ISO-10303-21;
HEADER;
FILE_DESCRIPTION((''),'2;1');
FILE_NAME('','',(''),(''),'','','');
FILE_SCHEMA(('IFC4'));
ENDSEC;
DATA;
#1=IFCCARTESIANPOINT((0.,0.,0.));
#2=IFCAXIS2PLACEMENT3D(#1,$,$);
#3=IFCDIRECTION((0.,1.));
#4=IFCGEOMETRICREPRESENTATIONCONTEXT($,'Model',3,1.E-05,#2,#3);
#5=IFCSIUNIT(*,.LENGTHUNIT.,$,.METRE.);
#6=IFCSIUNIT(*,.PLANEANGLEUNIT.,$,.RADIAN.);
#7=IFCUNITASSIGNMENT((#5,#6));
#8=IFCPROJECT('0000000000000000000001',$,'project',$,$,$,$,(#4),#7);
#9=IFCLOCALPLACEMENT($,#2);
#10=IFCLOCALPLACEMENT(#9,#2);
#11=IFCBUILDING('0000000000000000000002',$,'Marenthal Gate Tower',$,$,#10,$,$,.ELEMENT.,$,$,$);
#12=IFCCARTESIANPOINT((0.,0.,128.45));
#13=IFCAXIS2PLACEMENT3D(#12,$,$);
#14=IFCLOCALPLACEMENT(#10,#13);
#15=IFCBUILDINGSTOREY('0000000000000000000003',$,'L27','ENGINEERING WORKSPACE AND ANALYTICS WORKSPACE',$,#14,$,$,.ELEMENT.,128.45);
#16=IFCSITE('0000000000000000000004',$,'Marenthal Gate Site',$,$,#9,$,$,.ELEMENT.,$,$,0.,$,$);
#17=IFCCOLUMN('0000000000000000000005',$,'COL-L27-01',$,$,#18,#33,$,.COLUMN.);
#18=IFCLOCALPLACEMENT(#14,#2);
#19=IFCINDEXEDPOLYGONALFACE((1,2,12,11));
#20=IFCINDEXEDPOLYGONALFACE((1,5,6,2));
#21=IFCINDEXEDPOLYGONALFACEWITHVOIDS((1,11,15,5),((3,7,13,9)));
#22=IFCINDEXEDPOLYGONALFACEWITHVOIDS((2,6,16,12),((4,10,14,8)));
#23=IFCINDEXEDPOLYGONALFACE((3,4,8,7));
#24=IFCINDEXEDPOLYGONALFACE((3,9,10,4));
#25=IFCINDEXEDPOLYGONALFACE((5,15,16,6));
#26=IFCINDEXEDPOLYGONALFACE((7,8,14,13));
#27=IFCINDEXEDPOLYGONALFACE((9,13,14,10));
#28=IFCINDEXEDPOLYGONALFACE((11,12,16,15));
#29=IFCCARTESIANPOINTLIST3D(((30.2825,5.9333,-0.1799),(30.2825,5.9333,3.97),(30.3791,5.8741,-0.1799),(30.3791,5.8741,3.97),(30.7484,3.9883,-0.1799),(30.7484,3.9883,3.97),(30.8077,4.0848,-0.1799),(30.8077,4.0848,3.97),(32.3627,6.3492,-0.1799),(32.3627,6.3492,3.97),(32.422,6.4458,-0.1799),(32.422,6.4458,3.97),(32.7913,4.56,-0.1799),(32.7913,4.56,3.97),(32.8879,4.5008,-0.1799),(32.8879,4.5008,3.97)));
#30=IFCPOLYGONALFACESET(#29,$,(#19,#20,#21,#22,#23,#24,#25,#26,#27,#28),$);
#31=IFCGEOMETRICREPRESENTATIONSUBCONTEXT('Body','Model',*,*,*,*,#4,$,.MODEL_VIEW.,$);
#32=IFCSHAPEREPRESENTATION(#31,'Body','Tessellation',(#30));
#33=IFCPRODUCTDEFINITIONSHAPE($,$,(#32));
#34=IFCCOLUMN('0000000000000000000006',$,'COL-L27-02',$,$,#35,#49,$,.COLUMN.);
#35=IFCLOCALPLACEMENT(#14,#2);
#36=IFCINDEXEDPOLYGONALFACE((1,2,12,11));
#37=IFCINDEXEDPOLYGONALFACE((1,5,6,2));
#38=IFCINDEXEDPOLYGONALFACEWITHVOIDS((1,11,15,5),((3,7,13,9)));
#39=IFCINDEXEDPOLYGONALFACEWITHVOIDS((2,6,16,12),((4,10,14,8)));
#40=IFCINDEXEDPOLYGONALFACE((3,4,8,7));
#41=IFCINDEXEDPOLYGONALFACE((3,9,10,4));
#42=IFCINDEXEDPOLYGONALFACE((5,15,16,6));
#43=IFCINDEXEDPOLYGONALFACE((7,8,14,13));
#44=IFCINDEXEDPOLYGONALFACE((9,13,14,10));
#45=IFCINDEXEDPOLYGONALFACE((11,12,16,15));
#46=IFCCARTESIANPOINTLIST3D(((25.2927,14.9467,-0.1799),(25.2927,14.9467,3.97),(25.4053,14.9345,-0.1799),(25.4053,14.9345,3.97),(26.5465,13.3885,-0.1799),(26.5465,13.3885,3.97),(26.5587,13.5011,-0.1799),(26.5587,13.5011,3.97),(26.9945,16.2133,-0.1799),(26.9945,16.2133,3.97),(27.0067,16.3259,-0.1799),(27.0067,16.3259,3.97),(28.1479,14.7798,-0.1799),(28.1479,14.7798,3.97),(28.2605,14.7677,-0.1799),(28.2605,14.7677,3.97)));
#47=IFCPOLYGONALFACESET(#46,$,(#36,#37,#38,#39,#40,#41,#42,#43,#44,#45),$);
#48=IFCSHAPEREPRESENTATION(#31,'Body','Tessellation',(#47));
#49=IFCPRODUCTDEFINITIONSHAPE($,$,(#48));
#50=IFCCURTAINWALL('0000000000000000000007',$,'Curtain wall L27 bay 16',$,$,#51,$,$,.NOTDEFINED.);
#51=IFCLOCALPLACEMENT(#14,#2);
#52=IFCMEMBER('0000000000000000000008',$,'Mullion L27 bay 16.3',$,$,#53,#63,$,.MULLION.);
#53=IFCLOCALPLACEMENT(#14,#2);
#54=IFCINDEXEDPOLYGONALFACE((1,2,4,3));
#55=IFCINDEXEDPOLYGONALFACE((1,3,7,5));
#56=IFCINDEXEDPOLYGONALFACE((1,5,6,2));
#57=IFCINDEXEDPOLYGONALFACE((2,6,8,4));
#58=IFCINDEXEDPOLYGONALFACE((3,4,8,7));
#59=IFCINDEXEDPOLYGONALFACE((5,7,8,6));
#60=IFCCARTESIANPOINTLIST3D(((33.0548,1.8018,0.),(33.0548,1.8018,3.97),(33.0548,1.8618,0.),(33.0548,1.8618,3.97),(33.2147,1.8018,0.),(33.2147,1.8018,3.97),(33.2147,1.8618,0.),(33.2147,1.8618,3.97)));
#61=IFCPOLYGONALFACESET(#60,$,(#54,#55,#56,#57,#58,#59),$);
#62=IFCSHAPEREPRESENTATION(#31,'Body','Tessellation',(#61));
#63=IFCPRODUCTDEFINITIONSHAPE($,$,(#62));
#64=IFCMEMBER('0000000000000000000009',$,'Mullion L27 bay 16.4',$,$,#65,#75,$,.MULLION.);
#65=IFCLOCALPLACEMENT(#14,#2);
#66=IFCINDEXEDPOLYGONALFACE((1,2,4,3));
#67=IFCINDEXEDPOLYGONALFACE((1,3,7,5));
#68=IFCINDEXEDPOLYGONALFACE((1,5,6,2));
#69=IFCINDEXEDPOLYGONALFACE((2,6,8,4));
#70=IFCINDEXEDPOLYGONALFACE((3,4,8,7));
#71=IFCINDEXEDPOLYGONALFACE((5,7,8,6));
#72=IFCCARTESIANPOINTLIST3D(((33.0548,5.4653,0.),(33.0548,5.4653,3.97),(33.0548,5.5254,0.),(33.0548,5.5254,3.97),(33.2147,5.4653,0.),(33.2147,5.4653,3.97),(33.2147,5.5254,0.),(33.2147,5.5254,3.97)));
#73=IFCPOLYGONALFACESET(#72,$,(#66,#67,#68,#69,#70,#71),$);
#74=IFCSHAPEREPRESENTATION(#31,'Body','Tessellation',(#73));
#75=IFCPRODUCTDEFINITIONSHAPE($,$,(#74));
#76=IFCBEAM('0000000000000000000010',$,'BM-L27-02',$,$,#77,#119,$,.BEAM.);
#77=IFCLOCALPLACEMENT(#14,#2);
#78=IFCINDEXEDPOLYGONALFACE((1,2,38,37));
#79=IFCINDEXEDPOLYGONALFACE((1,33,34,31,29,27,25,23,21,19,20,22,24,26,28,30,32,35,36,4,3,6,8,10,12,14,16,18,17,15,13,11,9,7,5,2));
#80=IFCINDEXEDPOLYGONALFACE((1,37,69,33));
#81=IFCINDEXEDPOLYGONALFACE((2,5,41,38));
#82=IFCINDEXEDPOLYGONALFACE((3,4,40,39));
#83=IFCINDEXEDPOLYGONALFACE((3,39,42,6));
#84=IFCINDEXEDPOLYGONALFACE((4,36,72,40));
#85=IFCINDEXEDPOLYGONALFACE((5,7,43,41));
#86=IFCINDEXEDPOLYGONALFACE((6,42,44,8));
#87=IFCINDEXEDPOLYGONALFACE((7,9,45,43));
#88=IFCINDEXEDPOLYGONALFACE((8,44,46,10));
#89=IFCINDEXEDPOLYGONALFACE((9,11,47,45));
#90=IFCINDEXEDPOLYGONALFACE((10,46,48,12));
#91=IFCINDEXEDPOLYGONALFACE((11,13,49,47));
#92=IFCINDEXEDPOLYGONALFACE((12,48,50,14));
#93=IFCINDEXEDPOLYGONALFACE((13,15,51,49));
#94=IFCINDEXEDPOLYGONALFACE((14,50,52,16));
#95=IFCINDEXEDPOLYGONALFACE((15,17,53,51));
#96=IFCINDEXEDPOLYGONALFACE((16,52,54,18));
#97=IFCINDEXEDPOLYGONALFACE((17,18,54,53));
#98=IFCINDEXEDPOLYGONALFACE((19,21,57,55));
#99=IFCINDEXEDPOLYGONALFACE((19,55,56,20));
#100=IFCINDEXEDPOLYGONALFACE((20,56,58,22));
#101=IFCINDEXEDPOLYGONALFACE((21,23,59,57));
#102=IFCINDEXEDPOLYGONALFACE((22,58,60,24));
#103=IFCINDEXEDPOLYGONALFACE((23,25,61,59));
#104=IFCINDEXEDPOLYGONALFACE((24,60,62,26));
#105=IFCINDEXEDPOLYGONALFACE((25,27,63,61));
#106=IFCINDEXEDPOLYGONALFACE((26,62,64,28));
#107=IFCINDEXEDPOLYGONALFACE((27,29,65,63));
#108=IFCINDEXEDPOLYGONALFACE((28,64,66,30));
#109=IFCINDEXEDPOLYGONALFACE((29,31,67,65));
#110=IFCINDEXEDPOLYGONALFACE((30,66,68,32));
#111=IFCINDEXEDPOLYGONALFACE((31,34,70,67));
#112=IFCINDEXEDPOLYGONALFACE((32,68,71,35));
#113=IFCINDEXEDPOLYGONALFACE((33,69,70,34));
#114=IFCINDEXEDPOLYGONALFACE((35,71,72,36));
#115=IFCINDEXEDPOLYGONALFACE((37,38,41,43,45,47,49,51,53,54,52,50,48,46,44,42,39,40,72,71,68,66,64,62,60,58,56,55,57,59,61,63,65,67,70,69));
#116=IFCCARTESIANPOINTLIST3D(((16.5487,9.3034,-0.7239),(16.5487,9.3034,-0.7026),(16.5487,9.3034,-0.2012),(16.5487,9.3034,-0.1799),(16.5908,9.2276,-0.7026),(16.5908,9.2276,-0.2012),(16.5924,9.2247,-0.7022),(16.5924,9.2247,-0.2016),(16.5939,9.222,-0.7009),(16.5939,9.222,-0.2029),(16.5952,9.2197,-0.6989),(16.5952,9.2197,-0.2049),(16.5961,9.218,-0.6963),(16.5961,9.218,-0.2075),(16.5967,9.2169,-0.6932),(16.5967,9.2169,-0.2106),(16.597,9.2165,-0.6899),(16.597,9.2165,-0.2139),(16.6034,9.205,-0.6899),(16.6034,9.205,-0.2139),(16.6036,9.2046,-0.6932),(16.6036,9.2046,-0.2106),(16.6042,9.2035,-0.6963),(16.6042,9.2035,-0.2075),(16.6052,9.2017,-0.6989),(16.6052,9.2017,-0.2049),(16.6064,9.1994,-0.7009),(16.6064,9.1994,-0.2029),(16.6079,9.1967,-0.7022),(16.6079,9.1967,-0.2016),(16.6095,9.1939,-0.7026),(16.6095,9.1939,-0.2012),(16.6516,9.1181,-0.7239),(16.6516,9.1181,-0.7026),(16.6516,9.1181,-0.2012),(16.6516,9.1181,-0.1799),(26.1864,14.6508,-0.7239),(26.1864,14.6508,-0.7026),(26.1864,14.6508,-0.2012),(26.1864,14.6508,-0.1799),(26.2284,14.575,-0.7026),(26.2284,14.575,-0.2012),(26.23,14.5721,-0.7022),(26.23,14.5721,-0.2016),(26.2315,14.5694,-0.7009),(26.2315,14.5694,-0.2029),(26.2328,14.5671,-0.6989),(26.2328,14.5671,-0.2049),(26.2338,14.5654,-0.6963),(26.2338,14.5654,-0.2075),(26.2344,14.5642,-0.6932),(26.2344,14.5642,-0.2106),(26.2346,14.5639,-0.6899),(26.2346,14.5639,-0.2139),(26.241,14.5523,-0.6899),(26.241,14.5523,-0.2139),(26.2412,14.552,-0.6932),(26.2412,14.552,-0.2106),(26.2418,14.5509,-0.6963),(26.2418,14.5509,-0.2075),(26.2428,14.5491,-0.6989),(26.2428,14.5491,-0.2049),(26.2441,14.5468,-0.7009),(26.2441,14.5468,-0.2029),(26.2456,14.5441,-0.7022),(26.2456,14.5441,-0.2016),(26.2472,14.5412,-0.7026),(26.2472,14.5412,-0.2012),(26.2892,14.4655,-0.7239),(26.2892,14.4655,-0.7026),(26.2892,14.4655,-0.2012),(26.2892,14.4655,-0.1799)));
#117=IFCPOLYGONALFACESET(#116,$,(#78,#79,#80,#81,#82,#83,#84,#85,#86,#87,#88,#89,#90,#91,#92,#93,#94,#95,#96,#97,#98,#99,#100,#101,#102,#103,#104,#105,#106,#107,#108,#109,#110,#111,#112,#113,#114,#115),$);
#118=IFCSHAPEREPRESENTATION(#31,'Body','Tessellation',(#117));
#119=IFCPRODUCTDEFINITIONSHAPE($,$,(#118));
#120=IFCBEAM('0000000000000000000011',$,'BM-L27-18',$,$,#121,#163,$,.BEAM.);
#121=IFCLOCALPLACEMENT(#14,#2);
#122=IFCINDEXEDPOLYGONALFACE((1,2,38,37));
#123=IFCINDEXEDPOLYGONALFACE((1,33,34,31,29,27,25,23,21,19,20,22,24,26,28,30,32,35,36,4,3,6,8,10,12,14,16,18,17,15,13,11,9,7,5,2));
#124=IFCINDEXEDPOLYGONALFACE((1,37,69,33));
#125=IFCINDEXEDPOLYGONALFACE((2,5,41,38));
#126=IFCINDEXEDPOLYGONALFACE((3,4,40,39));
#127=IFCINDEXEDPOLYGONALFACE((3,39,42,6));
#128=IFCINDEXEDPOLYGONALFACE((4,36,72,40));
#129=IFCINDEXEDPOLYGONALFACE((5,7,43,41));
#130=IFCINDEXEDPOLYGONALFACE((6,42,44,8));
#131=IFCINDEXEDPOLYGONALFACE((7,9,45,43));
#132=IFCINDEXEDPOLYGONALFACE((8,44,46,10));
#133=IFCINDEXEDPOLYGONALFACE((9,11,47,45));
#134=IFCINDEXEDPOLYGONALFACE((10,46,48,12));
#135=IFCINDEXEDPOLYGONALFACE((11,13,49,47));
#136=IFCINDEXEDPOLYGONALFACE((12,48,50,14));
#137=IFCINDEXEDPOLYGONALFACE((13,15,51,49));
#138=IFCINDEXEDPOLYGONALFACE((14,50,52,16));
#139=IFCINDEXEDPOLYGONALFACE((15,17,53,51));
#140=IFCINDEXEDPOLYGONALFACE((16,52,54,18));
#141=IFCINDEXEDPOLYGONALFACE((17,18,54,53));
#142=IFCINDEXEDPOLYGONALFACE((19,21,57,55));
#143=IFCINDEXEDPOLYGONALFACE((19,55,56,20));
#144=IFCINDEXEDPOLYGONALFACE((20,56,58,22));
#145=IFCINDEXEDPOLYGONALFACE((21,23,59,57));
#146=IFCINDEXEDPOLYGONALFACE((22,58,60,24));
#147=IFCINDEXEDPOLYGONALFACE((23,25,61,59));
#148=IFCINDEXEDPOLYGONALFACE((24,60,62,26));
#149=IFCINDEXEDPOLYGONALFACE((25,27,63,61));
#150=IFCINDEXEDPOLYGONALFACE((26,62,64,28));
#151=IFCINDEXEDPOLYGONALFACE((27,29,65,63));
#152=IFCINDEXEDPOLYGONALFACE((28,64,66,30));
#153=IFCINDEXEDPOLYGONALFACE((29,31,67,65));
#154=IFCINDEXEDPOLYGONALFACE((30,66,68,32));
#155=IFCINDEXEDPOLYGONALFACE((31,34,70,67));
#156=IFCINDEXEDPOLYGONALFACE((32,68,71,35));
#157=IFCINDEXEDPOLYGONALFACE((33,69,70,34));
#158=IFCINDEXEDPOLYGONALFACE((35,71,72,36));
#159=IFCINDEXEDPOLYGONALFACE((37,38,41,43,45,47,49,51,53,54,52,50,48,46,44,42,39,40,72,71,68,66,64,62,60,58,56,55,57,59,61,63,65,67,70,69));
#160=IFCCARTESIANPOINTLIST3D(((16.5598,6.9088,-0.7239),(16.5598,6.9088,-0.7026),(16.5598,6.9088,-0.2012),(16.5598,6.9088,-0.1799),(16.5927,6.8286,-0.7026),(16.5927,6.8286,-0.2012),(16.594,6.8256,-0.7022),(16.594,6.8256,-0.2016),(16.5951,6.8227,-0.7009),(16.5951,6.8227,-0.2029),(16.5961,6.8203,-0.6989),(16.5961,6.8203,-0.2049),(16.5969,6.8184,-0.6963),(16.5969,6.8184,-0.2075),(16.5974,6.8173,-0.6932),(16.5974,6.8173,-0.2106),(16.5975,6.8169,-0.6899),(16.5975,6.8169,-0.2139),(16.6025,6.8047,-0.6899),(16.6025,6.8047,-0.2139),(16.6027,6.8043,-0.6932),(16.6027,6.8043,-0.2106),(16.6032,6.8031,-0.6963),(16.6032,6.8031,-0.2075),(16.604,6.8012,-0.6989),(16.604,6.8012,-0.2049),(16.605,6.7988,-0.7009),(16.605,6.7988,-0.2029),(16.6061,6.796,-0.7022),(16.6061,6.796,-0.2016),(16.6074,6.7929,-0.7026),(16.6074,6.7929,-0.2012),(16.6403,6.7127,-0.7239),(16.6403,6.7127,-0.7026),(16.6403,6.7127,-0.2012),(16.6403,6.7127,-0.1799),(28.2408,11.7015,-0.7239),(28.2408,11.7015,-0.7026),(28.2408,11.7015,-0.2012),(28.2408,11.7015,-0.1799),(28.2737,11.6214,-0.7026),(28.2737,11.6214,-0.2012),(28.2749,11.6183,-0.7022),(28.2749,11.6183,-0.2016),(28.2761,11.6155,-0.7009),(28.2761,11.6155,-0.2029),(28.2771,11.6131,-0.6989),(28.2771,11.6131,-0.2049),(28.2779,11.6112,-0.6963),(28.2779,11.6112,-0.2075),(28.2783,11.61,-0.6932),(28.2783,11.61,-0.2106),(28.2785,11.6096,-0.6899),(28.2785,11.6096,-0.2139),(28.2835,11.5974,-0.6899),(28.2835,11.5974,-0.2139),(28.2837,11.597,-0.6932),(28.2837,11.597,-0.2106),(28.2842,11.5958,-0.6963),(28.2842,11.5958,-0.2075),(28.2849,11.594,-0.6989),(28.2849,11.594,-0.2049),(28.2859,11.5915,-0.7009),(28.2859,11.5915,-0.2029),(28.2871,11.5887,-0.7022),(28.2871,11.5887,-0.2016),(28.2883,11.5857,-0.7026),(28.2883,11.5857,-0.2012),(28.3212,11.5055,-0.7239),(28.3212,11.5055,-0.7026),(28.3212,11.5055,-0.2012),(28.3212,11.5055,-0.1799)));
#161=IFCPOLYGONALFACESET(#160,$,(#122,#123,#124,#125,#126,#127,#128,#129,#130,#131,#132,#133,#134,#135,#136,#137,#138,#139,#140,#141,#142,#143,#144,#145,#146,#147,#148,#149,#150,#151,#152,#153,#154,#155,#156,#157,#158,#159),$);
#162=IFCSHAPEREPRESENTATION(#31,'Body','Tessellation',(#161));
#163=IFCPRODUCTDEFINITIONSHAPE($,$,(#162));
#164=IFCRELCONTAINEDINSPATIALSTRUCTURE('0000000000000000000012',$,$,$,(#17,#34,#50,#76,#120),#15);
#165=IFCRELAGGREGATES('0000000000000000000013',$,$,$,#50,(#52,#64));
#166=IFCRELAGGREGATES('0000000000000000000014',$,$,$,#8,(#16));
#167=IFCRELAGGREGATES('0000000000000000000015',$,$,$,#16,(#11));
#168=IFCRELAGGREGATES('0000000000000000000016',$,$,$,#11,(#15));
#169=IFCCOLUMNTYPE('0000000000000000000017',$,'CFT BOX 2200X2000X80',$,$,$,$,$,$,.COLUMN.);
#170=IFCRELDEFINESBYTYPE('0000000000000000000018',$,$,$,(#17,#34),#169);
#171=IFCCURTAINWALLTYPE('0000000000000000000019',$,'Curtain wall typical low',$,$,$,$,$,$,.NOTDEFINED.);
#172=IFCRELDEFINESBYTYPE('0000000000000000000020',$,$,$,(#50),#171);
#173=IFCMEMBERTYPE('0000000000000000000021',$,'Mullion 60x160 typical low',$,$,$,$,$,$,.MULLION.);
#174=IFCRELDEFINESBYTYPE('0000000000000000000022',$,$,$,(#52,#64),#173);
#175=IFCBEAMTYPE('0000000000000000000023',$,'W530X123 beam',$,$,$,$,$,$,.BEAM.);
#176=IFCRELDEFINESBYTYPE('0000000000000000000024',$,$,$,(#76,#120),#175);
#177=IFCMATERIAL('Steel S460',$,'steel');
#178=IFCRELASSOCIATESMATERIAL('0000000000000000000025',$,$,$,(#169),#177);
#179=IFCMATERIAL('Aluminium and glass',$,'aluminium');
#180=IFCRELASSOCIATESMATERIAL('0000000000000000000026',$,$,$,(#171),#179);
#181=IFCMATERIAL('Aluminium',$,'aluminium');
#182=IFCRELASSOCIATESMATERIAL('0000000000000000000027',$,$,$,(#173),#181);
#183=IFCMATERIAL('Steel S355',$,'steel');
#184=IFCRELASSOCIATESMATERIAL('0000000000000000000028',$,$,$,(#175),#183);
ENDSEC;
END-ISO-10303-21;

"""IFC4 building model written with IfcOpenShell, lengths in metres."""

from ifc_helpers import new_model, si_unit, direction, frame, origin, origin_2d, place, context, subcontext, project, spatial, rectangle, hollow_rectangle, i_section, extrude, material, material_profile, profile_set, type_object, element, aggregate, save


model = new_model("IFC4")

# Units and contexts
model_context = context("Model", 3, precision=1e-05, world=origin(), true_north=direction((0.0, 1.0)))
body_context = subcontext(model_context, "Body", "Model", "MODEL_VIEW")
ifc_project = project(units=[si_unit("LENGTHUNIT", "METRE"), si_unit("PLANEANGLEUNIT", "RADIAN")], contexts=[model_context])

# Site, building, storey
site_placement = place(None, origin())
site = spatial("IfcSite", under=ifc_project, at=site_placement, Name="Marenthal Gate Site", CompositionType="ELEMENT", RefElevation=0.0)
building_placement = place(site_placement, origin())
building = spatial("IfcBuilding", under=site, at=building_placement, Name="Marenthal Gate Tower", CompositionType="ELEMENT")
storey_placement = place(building_placement, frame((0.0, 0.0, 128.45)))
storey = spatial("IfcBuildingStorey", under=building, at=storey_placement, Name="L27", Description="ENGINEERING WORKSPACE AND ANALYTICS WORKSPACE", CompositionType="ELEMENT", Elevation=128.45)

# Columns
ifc_material_1 = material(Name="Steel S460", Category="steel")
ifc_material_profile_1 = material_profile(ifc_material_1, hollow_rectangle(XDim=2.0, YDim=2.2, WallThickness=0.0801, at=origin_2d()), Name="CFT BOX 2200X2000X80")
ifc_material_2 = material(Name="Concrete 70 MPa", Category="concrete")
ifc_material_profile_2 = material_profile(ifc_material_2, rectangle(XDim=1.8401, YDim=2.04, at=origin_2d()), Name="CFT BOX 2200X2000X80 INFILL")
ifc_profile_set_1 = profile_set([ifc_material_profile_1, ifc_material_profile_2], Name="Steel S460 shell, Concrete 70 MPa infill")
column_type = type_object("IfcColumnType", Name="CFT BOX 2200X2000X80", PredefinedType="COLUMN", material=ifc_profile_set_1)
for number, where, z_axis, x_axis, name in (
    (1, (31.5852, 5.217, -0.1799), (0.0, 0.0, 1.0), (0.23295, -0.972489, 0.0), "COL-L27-01"),
    (2, (26.7766, 14.8572, -0.1799), (0.0, 0.0, 1.0), (0.626903, -0.779097, 0.0), "COL-L27-02"),
):
    element("IfcColumn", number, at=place(storey_placement, frame(where, z_axis=z_axis, x_axis=x_axis)), inside=storey, type_object=column_type, Name=name, PredefinedType="COLUMN", context=body_context, shape_type="SweptSolid", body=[
        extrude(hollow_rectangle(XDim=2.0, YDim=2.2, WallThickness=0.0801, at=origin_2d()), origin(), (0.0, 0.0, 1.0), 4.1499),
    ])

# Curtain wall, members
ifc_material_3 = material(Name="Aluminium and glass", Category="aluminium")
curtain_wall_type = type_object("IfcCurtainWallType", Name="Curtain wall typical low", PredefinedType="NOTDEFINED", material=ifc_material_3)
curtain_wall_placement = place(storey_placement, origin())
curtain_wall = element("IfcCurtainWall", 3, at=curtain_wall_placement, inside=storey, type_object=curtain_wall_type, Name="Curtain wall L27 bay 16", PredefinedType="NOTDEFINED")
ifc_material_4 = material(Name="Aluminium", Category="aluminium")
ifc_material_profile_3 = material_profile(ifc_material_4, rectangle(XDim=0.1599, YDim=0.0601, at=origin_2d()), Name="60x160 aluminium mullion")
ifc_profile_set_2 = profile_set([ifc_material_profile_3], Name="Aluminium")
member_type = type_object("IfcMemberType", Name="Mullion 60x160 typical low", PredefinedType="MULLION", material=ifc_profile_set_2)
member_1_placement = place(storey_placement, frame((33.1348, 1.8318, 0.0), z_axis=(0.0, 0.0, 1.0), x_axis=(-1.0, 0.0, 0.0)))
member_1 = element("IfcMember", 4, at=member_1_placement, type_object=member_type, Name="Mullion L27 bay 16.3", PredefinedType="MULLION", context=body_context, shape_type="SweptSolid", body=[
    extrude(rectangle(XDim=0.1599, YDim=0.0601, at=origin_2d()), origin(), (0.0, 0.0, 1.0), 3.97),
])
member_2_placement = place(storey_placement, frame((33.1348, 5.4954, 0.0), z_axis=(0.0, 0.0, 1.0), x_axis=(-1.0, 0.0, 0.0)))
member_2 = element("IfcMember", 5, at=member_2_placement, type_object=member_type, Name="Mullion L27 bay 16.4", PredefinedType="MULLION", context=body_context, shape_type="SweptSolid", body=[
    extrude(rectangle(XDim=0.1599, YDim=0.0601, at=origin_2d()), origin(), (0.0, 0.0, 1.0), 3.97),
])

# Beams
ifc_material_5 = material(Name="Steel S355", Category="steel")
ifc_material_profile_4 = material_profile(ifc_material_5, i_section(OverallWidth=0.2119, OverallDepth=0.5439, WebThickness=0.0132, FlangeThickness=0.0212, FilletRadius=0.0127, at=origin_2d()), Name="W530X123")
ifc_profile_set_3 = profile_set([ifc_material_profile_4], Name="Steel S355")
beam_type_1 = type_object("IfcBeamType", Name="W530X123 beam", PredefinedType="BEAM", material=ifc_profile_set_3)
beam_1_placement = place(storey_placement, frame((26.2378, 14.5581, -0.4519), z_axis=(-0.874421, -0.485167, 0.0), x_axis=(0.485167, -0.874421, 0.0)))
element("IfcBeam", 6, at=beam_1_placement, inside=storey, type_object=beam_type_1, Name="BM-L27-02", PredefinedType="BEAM", context=body_context, shape_type="SweptSolid", body=[
    extrude(i_section(OverallWidth=0.2119, OverallDepth=0.5439, WebThickness=0.0132, FlangeThickness=0.0212, FilletRadius=0.0127, at=origin_2d()), origin(), (0.0, 0.0, 1.0), 11.0217),
])
beam_2_placement = place(storey_placement, frame((28.281, 11.6035, -0.4519), z_axis=(-0.925153, -0.379594, 0.0), x_axis=(0.379594, -0.925153, 0.0)))
element("IfcBeam", 7, at=beam_2_placement, inside=storey, type_object=beam_type_1, Name="BM-L27-18", PredefinedType="BEAM", context=body_context, shape_type="SweptSolid", body=[
    extrude(i_section(OverallWidth=0.2119, OverallDepth=0.5439, WebThickness=0.0132, FlangeThickness=0.0212, FilletRadius=0.0127, at=origin_2d()), origin(), (0.0, 0.0, 1.0), 12.626),
])

aggregate(curtain_wall, [member_1, member_2])

save(model, "model.ifc")
